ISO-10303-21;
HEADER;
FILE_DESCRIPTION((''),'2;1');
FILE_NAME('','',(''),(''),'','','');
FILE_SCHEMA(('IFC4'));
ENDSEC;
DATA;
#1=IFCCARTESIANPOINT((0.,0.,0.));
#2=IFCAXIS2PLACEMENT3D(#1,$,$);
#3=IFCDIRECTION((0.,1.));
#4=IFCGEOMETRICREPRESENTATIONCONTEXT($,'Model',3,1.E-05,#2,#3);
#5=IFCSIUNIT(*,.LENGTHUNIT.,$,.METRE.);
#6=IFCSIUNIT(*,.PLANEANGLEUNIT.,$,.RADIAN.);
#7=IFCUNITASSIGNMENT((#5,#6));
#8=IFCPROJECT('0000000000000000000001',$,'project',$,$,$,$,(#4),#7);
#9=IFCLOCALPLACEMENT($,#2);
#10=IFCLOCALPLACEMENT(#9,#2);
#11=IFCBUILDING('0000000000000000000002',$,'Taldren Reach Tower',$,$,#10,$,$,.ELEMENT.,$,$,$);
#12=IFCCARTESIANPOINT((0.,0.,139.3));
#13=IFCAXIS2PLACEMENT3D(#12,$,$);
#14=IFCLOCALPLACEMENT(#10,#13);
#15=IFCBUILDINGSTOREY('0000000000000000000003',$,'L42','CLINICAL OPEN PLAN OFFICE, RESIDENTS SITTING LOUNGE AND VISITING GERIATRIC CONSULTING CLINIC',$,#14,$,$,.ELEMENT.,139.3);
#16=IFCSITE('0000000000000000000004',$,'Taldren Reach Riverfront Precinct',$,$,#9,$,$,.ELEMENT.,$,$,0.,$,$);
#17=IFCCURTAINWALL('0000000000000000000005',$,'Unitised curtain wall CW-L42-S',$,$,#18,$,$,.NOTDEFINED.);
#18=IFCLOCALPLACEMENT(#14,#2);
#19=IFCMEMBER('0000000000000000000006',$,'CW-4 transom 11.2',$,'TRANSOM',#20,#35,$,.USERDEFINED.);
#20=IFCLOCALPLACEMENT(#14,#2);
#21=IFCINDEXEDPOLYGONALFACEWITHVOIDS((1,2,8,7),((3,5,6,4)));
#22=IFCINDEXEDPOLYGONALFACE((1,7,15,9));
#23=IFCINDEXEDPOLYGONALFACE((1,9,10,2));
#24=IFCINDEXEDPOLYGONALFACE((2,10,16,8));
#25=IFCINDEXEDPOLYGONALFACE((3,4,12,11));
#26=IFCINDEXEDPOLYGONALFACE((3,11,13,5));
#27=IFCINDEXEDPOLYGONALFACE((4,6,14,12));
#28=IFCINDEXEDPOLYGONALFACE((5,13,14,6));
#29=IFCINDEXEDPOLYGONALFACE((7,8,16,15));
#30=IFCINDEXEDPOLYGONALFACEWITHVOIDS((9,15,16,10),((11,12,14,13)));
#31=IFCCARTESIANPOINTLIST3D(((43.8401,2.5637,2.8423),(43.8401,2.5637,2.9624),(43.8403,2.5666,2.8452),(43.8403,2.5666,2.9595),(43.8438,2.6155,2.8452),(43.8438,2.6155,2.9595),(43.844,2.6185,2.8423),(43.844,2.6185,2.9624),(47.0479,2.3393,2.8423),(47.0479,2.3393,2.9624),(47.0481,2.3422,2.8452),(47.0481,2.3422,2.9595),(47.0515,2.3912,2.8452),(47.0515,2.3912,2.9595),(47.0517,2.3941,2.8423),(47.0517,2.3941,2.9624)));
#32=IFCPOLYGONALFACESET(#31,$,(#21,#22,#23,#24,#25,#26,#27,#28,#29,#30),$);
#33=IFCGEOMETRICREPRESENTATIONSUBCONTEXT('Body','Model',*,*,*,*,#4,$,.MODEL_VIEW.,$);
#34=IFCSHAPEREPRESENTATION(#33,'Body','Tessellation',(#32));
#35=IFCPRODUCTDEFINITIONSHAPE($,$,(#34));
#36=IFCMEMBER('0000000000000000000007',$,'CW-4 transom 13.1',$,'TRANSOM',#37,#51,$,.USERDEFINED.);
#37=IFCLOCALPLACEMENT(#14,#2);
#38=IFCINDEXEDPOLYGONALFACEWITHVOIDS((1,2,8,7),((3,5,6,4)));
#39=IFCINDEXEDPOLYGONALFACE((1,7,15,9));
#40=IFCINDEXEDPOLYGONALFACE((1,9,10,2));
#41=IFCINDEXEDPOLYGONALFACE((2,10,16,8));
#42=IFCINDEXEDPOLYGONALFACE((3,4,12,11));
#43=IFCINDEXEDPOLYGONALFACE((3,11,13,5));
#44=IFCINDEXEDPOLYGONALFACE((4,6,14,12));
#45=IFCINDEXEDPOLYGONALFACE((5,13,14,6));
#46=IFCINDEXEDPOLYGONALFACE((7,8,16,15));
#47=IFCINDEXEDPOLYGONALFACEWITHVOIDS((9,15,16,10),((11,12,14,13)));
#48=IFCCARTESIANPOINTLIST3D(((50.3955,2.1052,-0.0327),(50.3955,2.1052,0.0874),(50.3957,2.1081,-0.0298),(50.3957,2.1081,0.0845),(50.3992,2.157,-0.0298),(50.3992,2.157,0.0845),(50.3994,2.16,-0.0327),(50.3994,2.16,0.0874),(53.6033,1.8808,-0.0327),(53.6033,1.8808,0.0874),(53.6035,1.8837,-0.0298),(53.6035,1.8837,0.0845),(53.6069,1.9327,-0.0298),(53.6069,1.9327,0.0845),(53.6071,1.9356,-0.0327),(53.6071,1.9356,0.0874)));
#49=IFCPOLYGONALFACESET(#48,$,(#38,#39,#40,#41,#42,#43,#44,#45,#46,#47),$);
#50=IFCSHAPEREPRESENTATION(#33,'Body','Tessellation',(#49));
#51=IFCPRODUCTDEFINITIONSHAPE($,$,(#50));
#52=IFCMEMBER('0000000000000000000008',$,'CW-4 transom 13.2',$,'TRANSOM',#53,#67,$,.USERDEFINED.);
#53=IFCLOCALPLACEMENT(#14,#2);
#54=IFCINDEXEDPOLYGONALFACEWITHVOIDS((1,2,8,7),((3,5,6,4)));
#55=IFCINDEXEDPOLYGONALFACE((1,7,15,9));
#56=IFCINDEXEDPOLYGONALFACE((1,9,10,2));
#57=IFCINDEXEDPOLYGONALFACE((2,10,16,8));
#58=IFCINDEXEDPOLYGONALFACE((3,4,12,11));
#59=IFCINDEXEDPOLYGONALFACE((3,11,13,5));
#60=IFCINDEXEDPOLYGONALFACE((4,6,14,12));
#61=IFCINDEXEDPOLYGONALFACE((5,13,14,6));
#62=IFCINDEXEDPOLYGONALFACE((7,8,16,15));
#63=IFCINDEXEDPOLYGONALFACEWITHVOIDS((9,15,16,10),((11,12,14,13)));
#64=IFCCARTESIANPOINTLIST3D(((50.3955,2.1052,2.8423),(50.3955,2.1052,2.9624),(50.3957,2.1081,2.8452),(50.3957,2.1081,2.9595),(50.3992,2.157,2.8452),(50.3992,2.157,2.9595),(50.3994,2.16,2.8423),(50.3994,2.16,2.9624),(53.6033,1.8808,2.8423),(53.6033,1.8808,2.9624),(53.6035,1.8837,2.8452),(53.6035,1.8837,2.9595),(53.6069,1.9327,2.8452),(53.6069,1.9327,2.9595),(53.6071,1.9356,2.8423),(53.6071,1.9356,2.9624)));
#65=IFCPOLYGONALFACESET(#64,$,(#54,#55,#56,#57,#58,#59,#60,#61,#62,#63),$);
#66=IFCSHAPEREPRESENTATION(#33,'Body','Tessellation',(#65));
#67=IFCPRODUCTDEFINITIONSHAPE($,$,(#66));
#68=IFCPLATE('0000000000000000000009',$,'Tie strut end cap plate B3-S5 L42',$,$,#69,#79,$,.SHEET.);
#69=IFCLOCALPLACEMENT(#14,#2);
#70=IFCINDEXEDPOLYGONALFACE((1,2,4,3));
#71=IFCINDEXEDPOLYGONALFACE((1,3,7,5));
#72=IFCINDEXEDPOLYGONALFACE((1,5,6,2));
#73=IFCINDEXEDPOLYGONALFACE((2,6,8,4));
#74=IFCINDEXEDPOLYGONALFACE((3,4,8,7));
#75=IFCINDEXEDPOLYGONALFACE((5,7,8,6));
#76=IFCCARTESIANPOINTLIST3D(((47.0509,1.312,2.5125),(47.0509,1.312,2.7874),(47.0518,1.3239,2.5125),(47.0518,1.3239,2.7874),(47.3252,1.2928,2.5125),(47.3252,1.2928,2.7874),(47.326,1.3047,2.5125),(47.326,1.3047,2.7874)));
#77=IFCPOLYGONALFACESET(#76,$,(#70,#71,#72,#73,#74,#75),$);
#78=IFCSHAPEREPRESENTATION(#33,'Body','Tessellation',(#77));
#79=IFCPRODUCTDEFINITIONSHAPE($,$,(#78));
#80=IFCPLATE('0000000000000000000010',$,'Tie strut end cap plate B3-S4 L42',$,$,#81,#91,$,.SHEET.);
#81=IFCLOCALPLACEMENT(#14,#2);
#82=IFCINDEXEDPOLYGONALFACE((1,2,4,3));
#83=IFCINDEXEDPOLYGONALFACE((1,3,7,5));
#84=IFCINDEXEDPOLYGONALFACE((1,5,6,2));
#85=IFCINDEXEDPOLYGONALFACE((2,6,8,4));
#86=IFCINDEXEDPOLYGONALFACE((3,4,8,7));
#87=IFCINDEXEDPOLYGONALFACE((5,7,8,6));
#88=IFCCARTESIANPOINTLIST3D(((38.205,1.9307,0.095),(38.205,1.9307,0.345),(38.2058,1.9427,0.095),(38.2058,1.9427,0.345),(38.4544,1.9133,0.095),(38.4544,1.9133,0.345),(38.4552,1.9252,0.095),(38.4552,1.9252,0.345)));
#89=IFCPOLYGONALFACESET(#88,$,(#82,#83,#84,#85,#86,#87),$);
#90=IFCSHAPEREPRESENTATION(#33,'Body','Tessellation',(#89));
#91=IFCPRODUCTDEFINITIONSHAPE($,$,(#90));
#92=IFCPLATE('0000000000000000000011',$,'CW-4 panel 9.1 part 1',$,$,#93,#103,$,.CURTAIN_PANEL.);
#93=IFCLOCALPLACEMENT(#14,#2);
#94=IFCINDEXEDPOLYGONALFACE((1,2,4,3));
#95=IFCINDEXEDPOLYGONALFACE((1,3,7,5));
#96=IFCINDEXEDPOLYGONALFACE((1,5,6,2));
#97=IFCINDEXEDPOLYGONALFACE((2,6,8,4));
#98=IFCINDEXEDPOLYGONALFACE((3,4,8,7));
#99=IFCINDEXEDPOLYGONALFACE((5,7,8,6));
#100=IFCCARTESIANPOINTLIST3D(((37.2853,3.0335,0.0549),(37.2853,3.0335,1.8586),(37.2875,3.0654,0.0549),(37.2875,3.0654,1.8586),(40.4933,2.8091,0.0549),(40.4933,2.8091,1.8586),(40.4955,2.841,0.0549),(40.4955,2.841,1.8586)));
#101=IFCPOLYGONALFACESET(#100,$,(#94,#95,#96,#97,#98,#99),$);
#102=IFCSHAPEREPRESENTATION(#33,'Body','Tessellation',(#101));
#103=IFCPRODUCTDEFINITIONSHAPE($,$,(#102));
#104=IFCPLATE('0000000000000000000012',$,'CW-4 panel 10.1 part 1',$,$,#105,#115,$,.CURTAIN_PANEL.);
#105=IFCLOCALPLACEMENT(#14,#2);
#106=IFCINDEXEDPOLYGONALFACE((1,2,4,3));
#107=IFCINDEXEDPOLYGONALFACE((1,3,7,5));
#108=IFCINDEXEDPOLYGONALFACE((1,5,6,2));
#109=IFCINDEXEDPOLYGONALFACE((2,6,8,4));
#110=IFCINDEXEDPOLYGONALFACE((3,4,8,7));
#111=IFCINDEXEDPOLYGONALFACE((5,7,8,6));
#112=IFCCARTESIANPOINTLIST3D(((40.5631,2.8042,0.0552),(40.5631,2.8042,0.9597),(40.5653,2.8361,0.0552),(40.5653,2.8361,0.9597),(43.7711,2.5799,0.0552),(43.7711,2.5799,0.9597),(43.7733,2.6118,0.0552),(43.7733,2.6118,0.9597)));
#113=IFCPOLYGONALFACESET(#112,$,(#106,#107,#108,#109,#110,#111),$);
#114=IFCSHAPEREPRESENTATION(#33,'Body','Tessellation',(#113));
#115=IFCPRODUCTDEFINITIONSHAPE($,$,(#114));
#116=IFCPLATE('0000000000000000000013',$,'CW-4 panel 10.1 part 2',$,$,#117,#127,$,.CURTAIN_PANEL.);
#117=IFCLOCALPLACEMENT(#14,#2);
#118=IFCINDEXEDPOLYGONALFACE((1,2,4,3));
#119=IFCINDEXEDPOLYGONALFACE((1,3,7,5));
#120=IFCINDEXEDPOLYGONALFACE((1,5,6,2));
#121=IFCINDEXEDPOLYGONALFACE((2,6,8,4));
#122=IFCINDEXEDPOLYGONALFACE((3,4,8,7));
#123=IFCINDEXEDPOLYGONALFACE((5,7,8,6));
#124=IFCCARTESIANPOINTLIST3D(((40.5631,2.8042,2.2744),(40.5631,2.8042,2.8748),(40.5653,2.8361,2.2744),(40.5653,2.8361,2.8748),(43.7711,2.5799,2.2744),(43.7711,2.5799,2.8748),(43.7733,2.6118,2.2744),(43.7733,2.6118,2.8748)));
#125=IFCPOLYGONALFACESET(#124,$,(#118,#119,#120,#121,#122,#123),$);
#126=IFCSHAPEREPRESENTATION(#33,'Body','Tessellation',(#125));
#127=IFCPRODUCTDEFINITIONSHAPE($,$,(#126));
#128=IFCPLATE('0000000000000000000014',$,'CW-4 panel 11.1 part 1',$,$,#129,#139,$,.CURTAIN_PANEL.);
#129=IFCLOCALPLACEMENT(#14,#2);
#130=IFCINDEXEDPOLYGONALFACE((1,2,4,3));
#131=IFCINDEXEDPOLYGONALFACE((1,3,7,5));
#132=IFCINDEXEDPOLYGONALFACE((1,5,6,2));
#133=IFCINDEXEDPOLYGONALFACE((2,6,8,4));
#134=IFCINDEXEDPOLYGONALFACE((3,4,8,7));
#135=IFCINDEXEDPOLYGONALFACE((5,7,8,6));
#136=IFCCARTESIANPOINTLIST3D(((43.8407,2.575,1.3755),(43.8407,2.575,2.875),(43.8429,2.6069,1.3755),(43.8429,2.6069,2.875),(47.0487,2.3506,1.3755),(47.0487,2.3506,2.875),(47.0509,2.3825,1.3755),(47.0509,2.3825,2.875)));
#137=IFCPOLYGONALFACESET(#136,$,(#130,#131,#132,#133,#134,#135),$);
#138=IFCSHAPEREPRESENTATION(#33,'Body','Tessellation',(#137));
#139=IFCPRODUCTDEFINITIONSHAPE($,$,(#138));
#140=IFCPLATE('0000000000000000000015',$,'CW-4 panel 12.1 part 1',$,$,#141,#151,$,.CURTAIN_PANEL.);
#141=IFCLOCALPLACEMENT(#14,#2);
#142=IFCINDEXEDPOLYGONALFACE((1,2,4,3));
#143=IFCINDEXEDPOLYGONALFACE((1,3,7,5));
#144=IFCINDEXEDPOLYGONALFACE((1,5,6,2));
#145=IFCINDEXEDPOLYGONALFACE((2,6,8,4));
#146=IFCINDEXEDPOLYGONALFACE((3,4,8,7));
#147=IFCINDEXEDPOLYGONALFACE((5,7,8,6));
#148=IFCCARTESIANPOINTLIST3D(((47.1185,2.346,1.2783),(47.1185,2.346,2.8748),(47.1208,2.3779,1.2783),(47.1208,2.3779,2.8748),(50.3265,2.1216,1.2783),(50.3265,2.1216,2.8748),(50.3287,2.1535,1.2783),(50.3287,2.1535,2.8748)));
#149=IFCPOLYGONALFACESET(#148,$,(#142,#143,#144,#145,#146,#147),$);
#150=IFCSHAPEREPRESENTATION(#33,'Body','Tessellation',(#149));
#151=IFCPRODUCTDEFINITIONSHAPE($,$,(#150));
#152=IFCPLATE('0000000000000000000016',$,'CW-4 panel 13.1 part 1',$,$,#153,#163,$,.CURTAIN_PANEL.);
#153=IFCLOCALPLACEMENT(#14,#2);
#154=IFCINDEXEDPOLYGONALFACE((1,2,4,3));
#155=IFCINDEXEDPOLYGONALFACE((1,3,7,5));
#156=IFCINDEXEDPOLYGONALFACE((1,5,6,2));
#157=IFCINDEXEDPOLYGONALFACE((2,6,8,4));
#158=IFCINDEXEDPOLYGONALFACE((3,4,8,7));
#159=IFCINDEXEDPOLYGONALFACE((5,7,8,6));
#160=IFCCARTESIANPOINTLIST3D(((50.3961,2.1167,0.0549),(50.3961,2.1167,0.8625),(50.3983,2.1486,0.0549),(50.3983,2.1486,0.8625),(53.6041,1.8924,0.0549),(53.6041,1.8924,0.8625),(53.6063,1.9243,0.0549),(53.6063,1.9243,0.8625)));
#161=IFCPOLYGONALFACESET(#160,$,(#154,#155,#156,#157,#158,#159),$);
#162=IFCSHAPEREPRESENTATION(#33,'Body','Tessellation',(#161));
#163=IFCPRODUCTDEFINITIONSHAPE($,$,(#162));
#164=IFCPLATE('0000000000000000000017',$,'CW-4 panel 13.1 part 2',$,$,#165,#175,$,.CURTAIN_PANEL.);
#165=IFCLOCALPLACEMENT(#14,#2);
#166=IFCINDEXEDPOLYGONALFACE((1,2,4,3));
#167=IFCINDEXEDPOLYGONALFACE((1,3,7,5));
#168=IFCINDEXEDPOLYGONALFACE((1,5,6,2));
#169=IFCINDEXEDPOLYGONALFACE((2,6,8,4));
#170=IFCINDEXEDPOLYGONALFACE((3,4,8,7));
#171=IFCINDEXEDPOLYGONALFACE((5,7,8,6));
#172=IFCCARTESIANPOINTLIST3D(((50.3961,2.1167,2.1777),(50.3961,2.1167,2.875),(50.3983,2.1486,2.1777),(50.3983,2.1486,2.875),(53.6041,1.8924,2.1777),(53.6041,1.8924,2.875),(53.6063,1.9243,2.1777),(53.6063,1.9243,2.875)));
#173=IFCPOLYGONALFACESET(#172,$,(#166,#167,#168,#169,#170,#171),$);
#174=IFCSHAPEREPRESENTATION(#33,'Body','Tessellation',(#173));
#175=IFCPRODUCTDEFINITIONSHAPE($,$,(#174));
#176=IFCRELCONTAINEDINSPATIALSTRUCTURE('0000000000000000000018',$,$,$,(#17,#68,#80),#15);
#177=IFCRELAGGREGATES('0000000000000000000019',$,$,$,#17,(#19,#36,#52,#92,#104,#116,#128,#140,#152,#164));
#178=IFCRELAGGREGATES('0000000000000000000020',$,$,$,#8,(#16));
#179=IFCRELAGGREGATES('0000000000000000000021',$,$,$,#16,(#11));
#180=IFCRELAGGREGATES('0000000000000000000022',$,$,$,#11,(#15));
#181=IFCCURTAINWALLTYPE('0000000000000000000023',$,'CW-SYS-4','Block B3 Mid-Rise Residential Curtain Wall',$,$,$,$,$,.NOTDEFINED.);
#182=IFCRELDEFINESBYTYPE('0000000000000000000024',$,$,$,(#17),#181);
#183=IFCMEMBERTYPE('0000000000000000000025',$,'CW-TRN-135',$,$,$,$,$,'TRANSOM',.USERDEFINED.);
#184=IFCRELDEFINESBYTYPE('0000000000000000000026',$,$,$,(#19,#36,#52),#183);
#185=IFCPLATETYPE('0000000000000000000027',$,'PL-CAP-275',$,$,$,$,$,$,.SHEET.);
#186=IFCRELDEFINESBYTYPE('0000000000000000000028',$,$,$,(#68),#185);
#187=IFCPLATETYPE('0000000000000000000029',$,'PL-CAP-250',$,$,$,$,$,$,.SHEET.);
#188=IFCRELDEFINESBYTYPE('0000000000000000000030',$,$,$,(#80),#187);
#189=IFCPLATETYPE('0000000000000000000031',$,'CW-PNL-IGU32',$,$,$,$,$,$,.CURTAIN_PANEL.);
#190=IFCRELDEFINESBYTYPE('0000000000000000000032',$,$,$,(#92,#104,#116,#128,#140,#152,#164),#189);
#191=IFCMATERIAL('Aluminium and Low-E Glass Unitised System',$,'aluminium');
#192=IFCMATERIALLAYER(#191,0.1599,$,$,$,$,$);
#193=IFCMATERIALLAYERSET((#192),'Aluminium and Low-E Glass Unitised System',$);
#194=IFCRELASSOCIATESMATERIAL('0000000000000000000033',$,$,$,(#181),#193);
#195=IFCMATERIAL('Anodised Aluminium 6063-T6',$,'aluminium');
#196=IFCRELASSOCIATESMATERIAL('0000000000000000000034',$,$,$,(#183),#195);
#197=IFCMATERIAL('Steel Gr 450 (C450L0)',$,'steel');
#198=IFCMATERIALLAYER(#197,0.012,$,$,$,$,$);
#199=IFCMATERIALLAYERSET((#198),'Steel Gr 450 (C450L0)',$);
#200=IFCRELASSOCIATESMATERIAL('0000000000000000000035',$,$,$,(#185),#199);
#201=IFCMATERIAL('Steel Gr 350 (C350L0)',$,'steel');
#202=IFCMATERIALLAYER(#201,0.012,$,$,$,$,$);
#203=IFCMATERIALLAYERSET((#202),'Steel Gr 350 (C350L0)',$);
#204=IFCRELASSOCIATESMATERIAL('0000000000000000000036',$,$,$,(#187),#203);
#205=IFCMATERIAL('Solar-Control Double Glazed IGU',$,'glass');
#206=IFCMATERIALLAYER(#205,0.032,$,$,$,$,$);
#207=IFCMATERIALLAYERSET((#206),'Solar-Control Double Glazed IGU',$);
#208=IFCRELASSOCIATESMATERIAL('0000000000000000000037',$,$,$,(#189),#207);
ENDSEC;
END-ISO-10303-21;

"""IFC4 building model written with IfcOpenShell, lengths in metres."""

from ifc_helpers import new_model, si_unit, direction, frame, origin, origin_2d, place, context, subcontext, project, spatial, rectangle, hollow_rectangle, extrude, source, transform, mapped, material, layer, layer_set, material_profile, profile_set, type_object, element, aggregate, save


model = new_model("IFC4")

# Units and contexts
model_context = context("Model", 3, precision=1e-05, world=origin(), true_north=direction((0.0, 1.0)))
body_context = subcontext(model_context, "Body", "Model", "MODEL_VIEW")
ifc_project = project(units=[si_unit("LENGTHUNIT", "METRE"), si_unit("PLANEANGLEUNIT", "RADIAN")], contexts=[model_context])

# Site, building, storey
site_placement = place(None, origin())
site = spatial("IfcSite", under=ifc_project, at=site_placement, Name="Taldren Reach Riverfront Precinct", CompositionType="ELEMENT", RefElevation=0.0)
building_placement = place(site_placement, origin())
building = spatial("IfcBuilding", under=site, at=building_placement, Name="Taldren Reach Tower", CompositionType="ELEMENT")
storey_placement = place(building_placement, frame((0.0, 0.0, 139.3)))
storey = spatial("IfcBuildingStorey", under=building, at=storey_placement, Name="L42", Description="CLINICAL OPEN PLAN OFFICE, RESIDENTS SITTING LOUNGE AND VISITING GERIATRIC CONSULTING CLINIC", CompositionType="ELEMENT", Elevation=139.3)

# Shared definitions
ifc_material_1 = material(Name="Steel Gr 450 (C450L0)", Category="steel")
ifc_material_2 = material(Name="Steel Gr 350 (C350L0)", Category="steel")

# Curtain wall, members
ifc_material_3 = material(Name="Aluminium and Low-E Glass Unitised System", Category="aluminium")
ifc_layer_1 = layer(ifc_material_3, 0.1599)
ifc_layer_set_1 = layer_set([ifc_layer_1], Name="Aluminium and Low-E Glass Unitised System")
curtain_wall_type = type_object("IfcCurtainWallType", Name="CW-SYS-4", Description="Block B3 Mid-Rise Residential Curtain Wall", PredefinedType="NOTDEFINED", material=ifc_layer_set_1)
curtain_wall_placement = place(storey_placement, origin())
curtain_wall = element("IfcCurtainWall", 1, at=curtain_wall_placement, inside=storey, type_object=curtain_wall_type, Name="Unitised curtain wall CW-L42-S", PredefinedType="NOTDEFINED")
ifc_material_4 = material(Name="Anodised Aluminium 6063-T6", Category="aluminium")
ifc_material_profile_1 = material_profile(ifc_material_4, hollow_rectangle(XDim=0.0549, YDim=0.1201, WallThickness=0.0029, at=origin_2d()), Name="ALU-120x55x3RHS")
ifc_profile_set_1 = profile_set([ifc_material_profile_1], Name="Anodised Aluminium 6063-T6")
member_type_1 = type_object("IfcMemberType", Name="CW-TRN-135", ElementType="TRANSOM", PredefinedType="USERDEFINED", material=ifc_profile_set_1)
shared_shape_1 = source(origin(), body_context, "Body", "SweptSolid", [
    extrude(hollow_rectangle(XDim=0.0549, YDim=0.1201, WallThickness=0.0029, at=origin_2d()), origin(), (0.0, 0.0, 1.0), 3.2156),
])
member_1_placement = place(storey_placement, frame((43.842, 2.5911, 2.9023), z_axis=(0.997563, -0.069774, 0.0), x_axis=(0.069774, 0.997563, 0.0)))
member_1 = element("IfcMember", 2, at=member_1_placement, type_object=member_type_1, Name="CW-4 transom 11.2", ObjectType="TRANSOM", PredefinedType="USERDEFINED", context=body_context, shape_type="MappedRepresentation", body=[
    mapped(shared_shape_1, transform((0.0, 0.0, 0.0), scale=1.0)),
])
member_2_placement = place(storey_placement, frame((50.3975, 2.1326, 0.0273), z_axis=(0.997563, -0.069774, 0.0), x_axis=(0.069774, 0.997563, 0.0)))
member_2 = element("IfcMember", 3, at=member_2_placement, type_object=member_type_1, Name="CW-4 transom 13.1", ObjectType="TRANSOM", PredefinedType="USERDEFINED", context=body_context, shape_type="MappedRepresentation", body=[
    mapped(shared_shape_1, transform((0.0, 0.0, 0.0), scale=1.0)),
])
member_3_placement = place(storey_placement, frame((50.3975, 2.1326, 2.9023), z_axis=(0.997563, -0.069774, 0.0), x_axis=(0.069774, 0.997563, 0.0)))
member_3 = element("IfcMember", 4, at=member_3_placement, type_object=member_type_1, Name="CW-4 transom 13.2", ObjectType="TRANSOM", PredefinedType="USERDEFINED", context=body_context, shape_type="MappedRepresentation", body=[
    mapped(shared_shape_1, transform((0.0, 0.0, 0.0), scale=1.0)),
])

# Plates
ifc_layer_2 = layer(ifc_material_1, 0.012)
ifc_layer_set_2 = layer_set([ifc_layer_2], Name="Steel Gr 450 (C450L0)")
plate_type_1 = type_object("IfcPlateType", Name="PL-CAP-275", PredefinedType="SHEET", material=ifc_layer_set_2)
shared_shape_2 = source(origin(), body_context, "Body", "SweptSolid", [
    extrude(rectangle(XDim=0.2749, YDim=0.012, at=origin_2d()), origin(), (0.0, 0.0, 1.0), 0.2749),
])
plate_1_placement = place(storey_placement, frame((47.1885, 1.3083, 2.5125), z_axis=(0.0, 0.0, 1.0), x_axis=(0.997564, -0.069756, 0.0)))
element("IfcPlate", 5, at=plate_1_placement, inside=storey, type_object=plate_type_1, Name="Tie strut end cap plate B3-S5 L42", PredefinedType="SHEET", context=body_context, shape_type="MappedRepresentation", body=[
    mapped(shared_shape_2, transform((0.0, 0.0, 0.0), scale=1.0)),
])
ifc_layer_3 = layer(ifc_material_2, 0.012)
ifc_layer_set_3 = layer_set([ifc_layer_3], Name="Steel Gr 350 (C350L0)")
plate_type_2 = type_object("IfcPlateType", Name="PL-CAP-250", PredefinedType="SHEET", material=ifc_layer_set_3)
shared_shape_3 = source(origin(), body_context, "Body", "SweptSolid", [
    extrude(rectangle(XDim=0.25, YDim=0.012, at=origin_2d()), origin(), (0.0, 0.0, 1.0), 0.25),
])
plate_2_placement = place(storey_placement, frame((38.3301, 1.928, 0.095), z_axis=(0.0, 0.0, 1.0), x_axis=(0.997564, -0.069756, 0.0)))
element("IfcPlate", 6, at=plate_2_placement, inside=storey, type_object=plate_type_2, Name="Tie strut end cap plate B3-S4 L42", PredefinedType="SHEET", context=body_context, shape_type="MappedRepresentation", body=[
    mapped(shared_shape_3, transform((0.0, 0.0, 0.0), scale=1.0)),
])

# Plates
ifc_material_5 = material(Name="Solar-Control Double Glazed IGU", Category="glass")
ifc_layer_4 = layer(ifc_material_5, 0.032)
ifc_layer_set_4 = layer_set([ifc_layer_4], Name="Solar-Control Double Glazed IGU")
plate_type_3 = type_object("IfcPlateType", Name="CW-PNL-IGU32", PredefinedType="CURTAIN_PANEL", material=ifc_layer_set_4)
shared_shape_4 = source(origin(), body_context, "Body", "SweptSolid", [
    extrude(rectangle(XDim=3.2158, YDim=0.032, at=origin_2d()), origin(), (0.0, 0.0, 1.0), 1.8037),
])
plate_3_placement = place(storey_placement, frame((38.8904, 2.9373, 0.0549), z_axis=(0.0, 0.0, 1.0), x_axis=(0.997564, -0.069757, 0.0)))
plate_3 = element("IfcPlate", 7, at=plate_3_placement, type_object=plate_type_3, Name="CW-4 panel 9.1 part 1", PredefinedType="CURTAIN_PANEL", context=body_context, shape_type="MappedRepresentation", body=[
    mapped(shared_shape_4, transform((0.0, 0.0, 0.0), scale=1.0)),
])
shared_shape_5 = source(origin(), body_context, "Body", "SweptSolid", [
    extrude(rectangle(XDim=3.2158, YDim=0.032, at=origin_2d()), origin(), (0.0, 0.0, 1.0), 0.9045),
])
plate_4_placement = place(storey_placement, frame((42.1682, 2.708, 0.0552), z_axis=(0.0, 0.0, 1.0), x_axis=(0.997564, -0.069757, 0.0)))
plate_4 = element("IfcPlate", 8, at=plate_4_placement, type_object=plate_type_3, Name="CW-4 panel 10.1 part 1", PredefinedType="CURTAIN_PANEL", context=body_context, shape_type="MappedRepresentation", body=[
    mapped(shared_shape_5, transform((0.0, 0.0, 0.0), scale=1.0)),
])
shared_shape_6 = source(origin(), body_context, "Body", "SweptSolid", [
    extrude(rectangle(XDim=3.2158, YDim=0.032, at=origin_2d()), origin(), (0.0, 0.0, 1.0), 0.6003),
])
plate_5_placement = place(storey_placement, frame((42.1682, 2.708, 2.2744), z_axis=(0.0, 0.0, 1.0), x_axis=(0.997564, -0.069757, 0.0)))
plate_5 = element("IfcPlate", 9, at=plate_5_placement, type_object=plate_type_3, Name="CW-4 panel 10.1 part 2", PredefinedType="CURTAIN_PANEL", context=body_context, shape_type="MappedRepresentation", body=[
    mapped(shared_shape_6, transform((0.0, 0.0, 0.0), scale=1.0)),
])
shared_shape_7 = source(origin(), body_context, "Body", "SweptSolid", [
    extrude(rectangle(XDim=3.2158, YDim=0.032, at=origin_2d()), origin(), (0.0, 0.0, 1.0), 1.4995),
])
plate_6_placement = place(storey_placement, frame((45.4458, 2.4788, 1.3755), z_axis=(0.0, 0.0, 1.0), x_axis=(0.997564, -0.069757, 0.0)))
plate_6 = element("IfcPlate", 10, at=plate_6_placement, type_object=plate_type_3, Name="CW-4 panel 11.1 part 1", PredefinedType="CURTAIN_PANEL", context=body_context, shape_type="MappedRepresentation", body=[
    mapped(shared_shape_7, transform((0.0, 0.0, 0.0), scale=1.0)),
])
shared_shape_8 = source(origin(), body_context, "Body", "SweptSolid", [
    extrude(rectangle(XDim=3.2158, YDim=0.032, at=origin_2d()), origin(), (0.0, 0.0, 1.0), 1.5964),
])
plate_7_placement = place(storey_placement, frame((48.7236, 2.2498, 1.2783), z_axis=(0.0, 0.0, 1.0), x_axis=(0.997564, -0.069757, 0.0)))
plate_7 = element("IfcPlate", 11, at=plate_7_placement, type_object=plate_type_3, Name="CW-4 panel 12.1 part 1", PredefinedType="CURTAIN_PANEL", context=body_context, shape_type="MappedRepresentation", body=[
    mapped(shared_shape_8, transform((0.0, 0.0, 0.0), scale=1.0)),
])
shared_shape_9 = source(origin(), body_context, "Body", "SweptSolid", [
    extrude(rectangle(XDim=3.2158, YDim=0.032, at=origin_2d()), origin(), (0.0, 0.0, 1.0), 0.8076),
])
plate_8_placement = place(storey_placement, frame((52.0012, 2.0205, 0.0549), z_axis=(0.0, 0.0, 1.0), x_axis=(0.997564, -0.069757, 0.0)))
plate_8 = element("IfcPlate", 12, at=plate_8_placement, type_object=plate_type_3, Name="CW-4 panel 13.1 part 1", PredefinedType="CURTAIN_PANEL", context=body_context, shape_type="MappedRepresentation", body=[
    mapped(shared_shape_9, transform((0.0, 0.0, 0.0), scale=1.0)),
])
shared_shape_10 = source(origin(), body_context, "Body", "SweptSolid", [
    extrude(rectangle(XDim=3.2158, YDim=0.032, at=origin_2d()), origin(), (0.0, 0.0, 1.0), 0.6973),
])
plate_9_placement = place(storey_placement, frame((52.0012, 2.0205, 2.1777), z_axis=(0.0, 0.0, 1.0), x_axis=(0.997564, -0.069757, 0.0)))
plate_9 = element("IfcPlate", 13, at=plate_9_placement, type_object=plate_type_3, Name="CW-4 panel 13.1 part 2", PredefinedType="CURTAIN_PANEL", context=body_context, shape_type="MappedRepresentation", body=[
    mapped(shared_shape_10, transform((0.0, 0.0, 0.0), scale=1.0)),
])
aggregate(curtain_wall, [member_1, member_2, member_3, plate_3, plate_4, plate_5, plate_6, plate_7, plate_8, plate_9])

save(model, "model.ifc")
